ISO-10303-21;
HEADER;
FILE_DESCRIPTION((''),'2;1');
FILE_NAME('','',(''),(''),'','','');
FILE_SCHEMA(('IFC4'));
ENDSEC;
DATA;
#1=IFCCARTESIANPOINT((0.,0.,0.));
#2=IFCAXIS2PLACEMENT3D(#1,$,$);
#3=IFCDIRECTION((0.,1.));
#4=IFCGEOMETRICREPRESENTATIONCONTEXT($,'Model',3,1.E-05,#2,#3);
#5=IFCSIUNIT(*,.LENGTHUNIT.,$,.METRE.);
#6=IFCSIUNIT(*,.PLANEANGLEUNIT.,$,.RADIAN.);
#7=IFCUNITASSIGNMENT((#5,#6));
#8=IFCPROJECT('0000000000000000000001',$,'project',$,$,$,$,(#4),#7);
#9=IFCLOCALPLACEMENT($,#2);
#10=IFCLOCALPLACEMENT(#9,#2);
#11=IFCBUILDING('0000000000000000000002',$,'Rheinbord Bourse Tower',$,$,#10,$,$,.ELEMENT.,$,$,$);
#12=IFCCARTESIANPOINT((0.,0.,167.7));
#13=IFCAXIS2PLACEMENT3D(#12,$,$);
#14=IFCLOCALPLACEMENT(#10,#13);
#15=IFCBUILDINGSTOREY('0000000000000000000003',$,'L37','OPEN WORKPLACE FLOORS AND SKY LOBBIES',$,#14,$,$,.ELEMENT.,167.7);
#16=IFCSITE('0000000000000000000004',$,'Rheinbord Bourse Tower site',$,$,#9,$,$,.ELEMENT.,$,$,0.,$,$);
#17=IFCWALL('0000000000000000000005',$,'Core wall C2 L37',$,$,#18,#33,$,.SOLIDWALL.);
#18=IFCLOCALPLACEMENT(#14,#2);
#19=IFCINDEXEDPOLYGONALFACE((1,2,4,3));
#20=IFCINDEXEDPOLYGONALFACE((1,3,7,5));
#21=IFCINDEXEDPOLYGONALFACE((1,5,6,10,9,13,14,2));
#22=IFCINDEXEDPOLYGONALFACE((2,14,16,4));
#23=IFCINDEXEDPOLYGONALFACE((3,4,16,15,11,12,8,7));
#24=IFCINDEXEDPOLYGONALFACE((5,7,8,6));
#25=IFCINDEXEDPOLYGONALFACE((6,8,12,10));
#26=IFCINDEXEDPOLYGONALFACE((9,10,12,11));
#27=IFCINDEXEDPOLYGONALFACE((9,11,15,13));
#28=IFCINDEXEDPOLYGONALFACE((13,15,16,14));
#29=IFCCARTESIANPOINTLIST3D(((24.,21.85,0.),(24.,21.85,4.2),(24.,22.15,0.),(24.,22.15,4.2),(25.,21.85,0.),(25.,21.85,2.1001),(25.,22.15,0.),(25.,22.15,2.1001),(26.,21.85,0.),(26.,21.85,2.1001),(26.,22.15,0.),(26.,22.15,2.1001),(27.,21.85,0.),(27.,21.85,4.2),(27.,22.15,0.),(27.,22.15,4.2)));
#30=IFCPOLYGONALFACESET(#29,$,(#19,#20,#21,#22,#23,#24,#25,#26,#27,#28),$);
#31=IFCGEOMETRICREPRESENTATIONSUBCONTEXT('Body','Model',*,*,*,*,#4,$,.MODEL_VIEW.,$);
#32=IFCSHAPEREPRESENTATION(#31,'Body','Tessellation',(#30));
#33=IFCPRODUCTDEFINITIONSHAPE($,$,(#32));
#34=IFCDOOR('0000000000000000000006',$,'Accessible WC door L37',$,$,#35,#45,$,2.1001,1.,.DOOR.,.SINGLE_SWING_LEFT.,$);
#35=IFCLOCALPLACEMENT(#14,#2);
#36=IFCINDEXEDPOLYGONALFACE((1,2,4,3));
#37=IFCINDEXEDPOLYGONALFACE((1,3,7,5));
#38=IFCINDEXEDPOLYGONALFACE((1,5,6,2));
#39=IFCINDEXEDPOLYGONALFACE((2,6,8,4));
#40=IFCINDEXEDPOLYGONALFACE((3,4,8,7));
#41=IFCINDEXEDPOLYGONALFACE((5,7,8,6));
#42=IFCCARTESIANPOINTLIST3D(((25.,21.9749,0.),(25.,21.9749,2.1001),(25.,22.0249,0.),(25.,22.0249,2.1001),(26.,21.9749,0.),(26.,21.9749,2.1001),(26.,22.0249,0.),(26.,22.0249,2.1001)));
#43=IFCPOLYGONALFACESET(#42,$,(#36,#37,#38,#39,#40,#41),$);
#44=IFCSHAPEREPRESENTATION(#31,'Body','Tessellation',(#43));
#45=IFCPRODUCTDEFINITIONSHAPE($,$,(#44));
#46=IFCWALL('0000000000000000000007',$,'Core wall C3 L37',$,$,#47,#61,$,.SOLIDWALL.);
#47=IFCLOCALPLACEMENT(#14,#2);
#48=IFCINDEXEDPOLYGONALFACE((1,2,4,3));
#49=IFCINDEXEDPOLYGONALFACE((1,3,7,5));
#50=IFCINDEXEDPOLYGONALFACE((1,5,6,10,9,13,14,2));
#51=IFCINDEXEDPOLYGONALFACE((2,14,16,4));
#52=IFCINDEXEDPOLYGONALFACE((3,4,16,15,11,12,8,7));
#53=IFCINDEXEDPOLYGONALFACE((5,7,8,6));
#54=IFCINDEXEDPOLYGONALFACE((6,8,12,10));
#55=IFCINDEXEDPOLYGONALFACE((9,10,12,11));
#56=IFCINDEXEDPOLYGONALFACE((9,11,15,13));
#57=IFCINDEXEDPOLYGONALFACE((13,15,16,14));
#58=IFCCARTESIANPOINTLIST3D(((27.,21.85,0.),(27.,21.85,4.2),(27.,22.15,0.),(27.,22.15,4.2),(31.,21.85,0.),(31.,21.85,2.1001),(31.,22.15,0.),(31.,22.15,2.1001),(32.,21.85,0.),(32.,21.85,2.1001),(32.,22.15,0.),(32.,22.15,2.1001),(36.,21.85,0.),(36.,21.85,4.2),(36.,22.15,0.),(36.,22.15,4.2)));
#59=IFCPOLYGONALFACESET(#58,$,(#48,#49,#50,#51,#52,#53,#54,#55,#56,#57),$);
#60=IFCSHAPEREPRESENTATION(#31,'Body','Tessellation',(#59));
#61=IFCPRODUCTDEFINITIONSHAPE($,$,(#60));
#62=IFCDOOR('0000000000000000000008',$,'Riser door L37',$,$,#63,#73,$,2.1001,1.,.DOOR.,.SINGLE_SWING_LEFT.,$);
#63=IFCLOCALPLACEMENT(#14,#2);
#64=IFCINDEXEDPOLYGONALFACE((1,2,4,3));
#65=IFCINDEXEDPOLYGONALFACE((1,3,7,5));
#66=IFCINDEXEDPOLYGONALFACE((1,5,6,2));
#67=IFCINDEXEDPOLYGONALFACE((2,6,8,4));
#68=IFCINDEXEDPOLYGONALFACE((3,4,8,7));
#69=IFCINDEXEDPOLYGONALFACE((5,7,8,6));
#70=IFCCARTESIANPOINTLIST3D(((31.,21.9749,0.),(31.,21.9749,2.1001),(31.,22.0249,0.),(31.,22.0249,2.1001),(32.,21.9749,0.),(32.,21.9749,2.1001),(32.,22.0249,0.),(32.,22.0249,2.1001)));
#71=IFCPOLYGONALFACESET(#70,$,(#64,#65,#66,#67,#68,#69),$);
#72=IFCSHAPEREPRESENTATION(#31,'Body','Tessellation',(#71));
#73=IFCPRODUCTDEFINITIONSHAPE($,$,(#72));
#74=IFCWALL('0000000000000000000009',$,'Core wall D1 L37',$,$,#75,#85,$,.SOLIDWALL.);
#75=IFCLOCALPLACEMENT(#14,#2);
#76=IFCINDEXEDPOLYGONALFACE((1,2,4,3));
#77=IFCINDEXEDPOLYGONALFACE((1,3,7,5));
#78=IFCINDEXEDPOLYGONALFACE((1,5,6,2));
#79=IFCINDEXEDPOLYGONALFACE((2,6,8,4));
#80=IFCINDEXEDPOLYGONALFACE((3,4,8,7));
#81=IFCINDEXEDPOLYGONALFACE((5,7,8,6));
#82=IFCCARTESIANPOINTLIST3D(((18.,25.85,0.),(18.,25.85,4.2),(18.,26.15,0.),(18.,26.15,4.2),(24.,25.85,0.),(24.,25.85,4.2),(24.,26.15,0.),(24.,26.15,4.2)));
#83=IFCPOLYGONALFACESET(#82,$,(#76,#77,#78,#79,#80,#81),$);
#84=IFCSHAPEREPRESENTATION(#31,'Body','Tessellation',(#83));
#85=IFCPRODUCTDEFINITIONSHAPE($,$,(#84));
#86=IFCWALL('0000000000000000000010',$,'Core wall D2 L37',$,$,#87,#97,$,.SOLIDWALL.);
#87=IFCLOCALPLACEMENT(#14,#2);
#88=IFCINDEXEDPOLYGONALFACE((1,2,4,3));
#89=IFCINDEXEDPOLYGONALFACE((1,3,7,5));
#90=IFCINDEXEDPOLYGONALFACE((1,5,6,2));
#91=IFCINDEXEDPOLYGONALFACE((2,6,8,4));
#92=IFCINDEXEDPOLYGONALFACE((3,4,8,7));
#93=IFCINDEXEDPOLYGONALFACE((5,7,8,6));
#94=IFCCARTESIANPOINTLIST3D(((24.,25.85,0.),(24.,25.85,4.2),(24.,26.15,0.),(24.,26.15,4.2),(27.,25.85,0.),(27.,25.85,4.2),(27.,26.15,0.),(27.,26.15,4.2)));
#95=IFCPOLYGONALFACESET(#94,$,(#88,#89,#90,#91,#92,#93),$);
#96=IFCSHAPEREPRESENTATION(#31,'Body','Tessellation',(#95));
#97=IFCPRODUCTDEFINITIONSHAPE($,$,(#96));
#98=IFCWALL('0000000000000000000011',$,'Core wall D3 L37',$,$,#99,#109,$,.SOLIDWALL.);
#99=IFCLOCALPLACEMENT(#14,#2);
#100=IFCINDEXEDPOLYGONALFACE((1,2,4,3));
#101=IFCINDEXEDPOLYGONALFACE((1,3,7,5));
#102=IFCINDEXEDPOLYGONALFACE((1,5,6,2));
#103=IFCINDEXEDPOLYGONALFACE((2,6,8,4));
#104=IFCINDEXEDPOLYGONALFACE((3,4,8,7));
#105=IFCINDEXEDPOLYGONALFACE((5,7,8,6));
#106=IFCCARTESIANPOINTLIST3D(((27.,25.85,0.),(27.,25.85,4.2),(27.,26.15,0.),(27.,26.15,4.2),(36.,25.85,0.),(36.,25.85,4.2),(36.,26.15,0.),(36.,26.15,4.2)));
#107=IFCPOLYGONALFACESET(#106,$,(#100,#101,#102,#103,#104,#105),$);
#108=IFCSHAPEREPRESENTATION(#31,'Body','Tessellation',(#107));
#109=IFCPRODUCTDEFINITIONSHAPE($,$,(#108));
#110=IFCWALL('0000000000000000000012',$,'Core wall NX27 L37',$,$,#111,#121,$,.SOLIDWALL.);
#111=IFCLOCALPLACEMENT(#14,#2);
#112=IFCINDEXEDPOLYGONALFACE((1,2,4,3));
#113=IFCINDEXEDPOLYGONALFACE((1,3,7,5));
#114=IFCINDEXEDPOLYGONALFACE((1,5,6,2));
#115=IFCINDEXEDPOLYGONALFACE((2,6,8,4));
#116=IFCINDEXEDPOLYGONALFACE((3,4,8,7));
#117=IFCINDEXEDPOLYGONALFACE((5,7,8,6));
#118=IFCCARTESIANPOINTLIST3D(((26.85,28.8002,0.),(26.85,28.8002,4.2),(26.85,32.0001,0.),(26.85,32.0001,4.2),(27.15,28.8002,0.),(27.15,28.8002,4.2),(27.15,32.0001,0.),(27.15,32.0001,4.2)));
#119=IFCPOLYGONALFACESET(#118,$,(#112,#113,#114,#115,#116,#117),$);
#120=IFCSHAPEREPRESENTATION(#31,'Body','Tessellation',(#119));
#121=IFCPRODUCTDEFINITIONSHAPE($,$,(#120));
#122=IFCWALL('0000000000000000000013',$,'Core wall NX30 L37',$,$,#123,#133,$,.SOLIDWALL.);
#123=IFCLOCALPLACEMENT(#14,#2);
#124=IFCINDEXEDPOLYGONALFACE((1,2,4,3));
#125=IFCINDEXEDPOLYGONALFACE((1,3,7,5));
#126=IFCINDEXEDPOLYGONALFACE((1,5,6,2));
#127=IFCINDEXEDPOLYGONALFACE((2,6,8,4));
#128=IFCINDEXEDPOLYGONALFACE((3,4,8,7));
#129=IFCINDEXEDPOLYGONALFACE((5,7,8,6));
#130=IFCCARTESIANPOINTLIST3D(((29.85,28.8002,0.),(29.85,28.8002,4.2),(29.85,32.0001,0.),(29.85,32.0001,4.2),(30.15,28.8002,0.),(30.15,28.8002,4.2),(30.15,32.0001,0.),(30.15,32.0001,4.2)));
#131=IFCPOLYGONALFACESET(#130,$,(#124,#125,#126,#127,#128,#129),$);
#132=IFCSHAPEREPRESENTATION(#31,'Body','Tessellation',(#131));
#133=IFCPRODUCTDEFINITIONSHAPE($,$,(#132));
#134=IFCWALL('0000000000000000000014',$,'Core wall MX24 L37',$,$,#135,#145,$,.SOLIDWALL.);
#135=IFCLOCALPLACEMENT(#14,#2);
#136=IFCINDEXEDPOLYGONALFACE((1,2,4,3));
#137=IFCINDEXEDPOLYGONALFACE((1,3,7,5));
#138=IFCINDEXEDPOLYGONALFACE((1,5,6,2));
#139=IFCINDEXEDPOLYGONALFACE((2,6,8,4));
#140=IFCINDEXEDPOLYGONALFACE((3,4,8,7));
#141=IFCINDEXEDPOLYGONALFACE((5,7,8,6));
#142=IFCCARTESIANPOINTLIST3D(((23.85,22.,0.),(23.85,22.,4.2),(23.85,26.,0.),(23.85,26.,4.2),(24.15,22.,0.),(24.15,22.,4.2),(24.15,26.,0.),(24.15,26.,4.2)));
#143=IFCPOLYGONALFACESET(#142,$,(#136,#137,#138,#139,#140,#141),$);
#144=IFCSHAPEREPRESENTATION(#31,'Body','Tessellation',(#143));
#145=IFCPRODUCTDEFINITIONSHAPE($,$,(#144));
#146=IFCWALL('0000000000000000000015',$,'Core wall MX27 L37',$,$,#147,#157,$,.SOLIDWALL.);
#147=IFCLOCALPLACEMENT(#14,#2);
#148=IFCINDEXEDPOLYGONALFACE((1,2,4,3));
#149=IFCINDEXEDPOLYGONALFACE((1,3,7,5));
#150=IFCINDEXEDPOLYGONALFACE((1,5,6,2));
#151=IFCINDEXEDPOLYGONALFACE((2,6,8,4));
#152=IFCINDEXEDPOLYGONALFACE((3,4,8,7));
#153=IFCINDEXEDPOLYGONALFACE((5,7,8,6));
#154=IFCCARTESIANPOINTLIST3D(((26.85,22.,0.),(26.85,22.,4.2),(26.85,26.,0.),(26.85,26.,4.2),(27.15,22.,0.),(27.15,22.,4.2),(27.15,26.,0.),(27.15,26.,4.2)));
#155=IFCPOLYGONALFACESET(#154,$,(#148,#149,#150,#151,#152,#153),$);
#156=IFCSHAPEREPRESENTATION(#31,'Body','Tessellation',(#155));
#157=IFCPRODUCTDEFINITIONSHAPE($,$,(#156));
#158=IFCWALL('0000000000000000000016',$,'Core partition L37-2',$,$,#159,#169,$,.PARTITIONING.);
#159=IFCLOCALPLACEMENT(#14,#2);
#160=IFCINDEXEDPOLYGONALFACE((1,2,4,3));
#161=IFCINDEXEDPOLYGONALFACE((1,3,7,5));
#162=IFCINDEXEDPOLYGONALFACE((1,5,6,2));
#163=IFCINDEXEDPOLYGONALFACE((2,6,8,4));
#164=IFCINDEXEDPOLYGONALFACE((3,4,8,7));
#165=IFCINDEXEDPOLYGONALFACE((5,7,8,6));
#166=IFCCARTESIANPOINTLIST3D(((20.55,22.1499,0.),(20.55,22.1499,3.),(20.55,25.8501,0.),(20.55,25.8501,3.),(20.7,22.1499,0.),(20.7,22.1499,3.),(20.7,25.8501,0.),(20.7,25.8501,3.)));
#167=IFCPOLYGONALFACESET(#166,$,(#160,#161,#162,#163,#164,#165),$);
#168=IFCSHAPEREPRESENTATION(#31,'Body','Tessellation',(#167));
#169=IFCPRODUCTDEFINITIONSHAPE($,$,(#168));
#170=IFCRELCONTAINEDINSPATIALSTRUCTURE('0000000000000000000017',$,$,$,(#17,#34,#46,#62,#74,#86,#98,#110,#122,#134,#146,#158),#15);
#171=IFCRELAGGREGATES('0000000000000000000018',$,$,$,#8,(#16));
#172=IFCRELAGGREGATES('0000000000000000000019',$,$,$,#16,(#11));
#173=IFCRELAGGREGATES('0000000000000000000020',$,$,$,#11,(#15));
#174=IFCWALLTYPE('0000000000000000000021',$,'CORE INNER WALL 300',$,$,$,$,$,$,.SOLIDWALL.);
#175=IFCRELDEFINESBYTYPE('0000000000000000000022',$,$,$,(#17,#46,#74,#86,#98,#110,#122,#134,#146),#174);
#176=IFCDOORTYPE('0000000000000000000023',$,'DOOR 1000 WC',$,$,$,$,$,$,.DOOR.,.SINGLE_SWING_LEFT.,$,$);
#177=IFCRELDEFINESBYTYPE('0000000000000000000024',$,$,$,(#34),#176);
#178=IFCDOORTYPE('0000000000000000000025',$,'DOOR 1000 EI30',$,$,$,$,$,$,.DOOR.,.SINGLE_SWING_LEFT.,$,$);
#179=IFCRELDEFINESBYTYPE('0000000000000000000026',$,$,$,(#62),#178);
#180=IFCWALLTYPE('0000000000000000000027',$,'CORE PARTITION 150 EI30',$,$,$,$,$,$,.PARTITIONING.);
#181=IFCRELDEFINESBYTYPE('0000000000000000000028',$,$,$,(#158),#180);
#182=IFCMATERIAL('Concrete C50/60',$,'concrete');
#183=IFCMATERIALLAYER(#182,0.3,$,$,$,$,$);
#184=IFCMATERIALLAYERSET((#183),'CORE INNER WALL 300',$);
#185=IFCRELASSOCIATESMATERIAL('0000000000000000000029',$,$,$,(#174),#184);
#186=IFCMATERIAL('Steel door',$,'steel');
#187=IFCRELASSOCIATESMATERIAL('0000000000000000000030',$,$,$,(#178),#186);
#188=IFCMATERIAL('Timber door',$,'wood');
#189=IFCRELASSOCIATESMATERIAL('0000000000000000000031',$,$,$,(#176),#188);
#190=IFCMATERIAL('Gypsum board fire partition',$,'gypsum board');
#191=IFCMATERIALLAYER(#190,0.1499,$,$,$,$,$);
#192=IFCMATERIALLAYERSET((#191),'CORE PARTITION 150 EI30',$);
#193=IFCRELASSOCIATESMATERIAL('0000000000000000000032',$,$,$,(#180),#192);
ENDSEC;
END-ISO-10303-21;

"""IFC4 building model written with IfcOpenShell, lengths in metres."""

from ifc_helpers import new_model, si_unit, direction, frame, frame_2d, origin, place, context, subcontext, project, spatial, rectangle, extrude, material, layer, layer_set, type_object, element, fill, save


model = new_model("IFC4")

# Units and contexts
model_context = context("Model", 3, precision=1e-05, world=origin(), true_north=direction((0.0, 1.0)))
body_context = subcontext(model_context, "Body", "Model", "MODEL_VIEW")
ifc_project = project(units=[si_unit("LENGTHUNIT", "METRE"), si_unit("PLANEANGLEUNIT", "RADIAN")], contexts=[model_context])

# Site, building, storey
site_placement = place(None, origin())
site = spatial("IfcSite", under=ifc_project, at=site_placement, Name="Rheinbord Bourse Tower site", CompositionType="ELEMENT", RefElevation=0.0)
building_placement = place(site_placement, origin())
building = spatial("IfcBuilding", under=site, at=building_placement, Name="Rheinbord Bourse Tower", CompositionType="ELEMENT")
storey_placement = place(building_placement, frame((0.0, 0.0, 167.7)))
storey = spatial("IfcBuildingStorey", under=building, at=storey_placement, Name="L37", Description="OPEN WORKPLACE FLOORS AND SKY LOBBIES", CompositionType="ELEMENT", Elevation=167.7)

# Shared definitions
ifc_material_1 = material(Name="Concrete C50/60", Category="concrete")
ifc_layer_1 = layer(ifc_material_1, 0.3)
ifc_layer_set_1 = layer_set([ifc_layer_1], Name="CORE INNER WALL 300")
wall_type_1 = type_object("IfcWallType", Name="CORE INNER WALL 300", PredefinedType="SOLIDWALL", material=ifc_layer_set_1)
ifc_material_2 = material(Name="Steel door", Category="steel")
door_type_1 = type_object("IfcDoorType", Name="DOOR 1000 EI30", OperationType="SINGLE_SWING_LEFT", PredefinedType="DOOR", material=ifc_material_2)

# Shared definitions
ifc_material_3 = material(Name="Timber door", Category="wood")
door_type_2 = type_object("IfcDoorType", Name="DOOR 1000 WC", OperationType="SINGLE_SWING_LEFT", PredefinedType="DOOR", material=ifc_material_3)

# Walls, openings, doors
wall_1_placement = place(storey_placement, frame((24.0, 22.0, 0.0), z_axis=(0.0, 0.0, 1.0), x_axis=(1.0, 0.0, 0.0)))
wall_1 = element("IfcWall", 1, at=wall_1_placement, inside=storey, type_object=wall_type_1, Name="Core wall C2 L37", PredefinedType="SOLIDWALL", context=body_context, shape_type="SweptSolid", body=[
    extrude(rectangle(XDim=3.0, YDim=0.3, at=frame_2d((1.5, 0.0))), origin(), (0.0, 0.0, 1.0), 4.2),
])
opening_1_placement = place(wall_1_placement, frame((1.0, 0.0, 0.0)))
opening_1 = element("IfcOpeningElement", 2, at=opening_1_placement, cuts=wall_1, PredefinedType="OPENING", context=body_context, shape_type="SweptSolid", body=[
    extrude(rectangle(XDim=1.0, YDim=2.1001, at=frame_2d((0.5, 1.05))), frame((0.0, 0.1599, 0.0), z_axis=(0.0, -1.0, 0.0), x_axis=(1.0, 0.0, 0.0)), (0.0, 0.0, 1.0), 0.3201),
])
door_1_placement = place(opening_1_placement, origin())
door_1 = element("IfcDoor", 3, at=door_1_placement, inside=storey, type_object=door_type_2, Name="Accessible WC door L37", OperationType="SINGLE_SWING_LEFT", OverallHeight=2.1001, OverallWidth=1.0, PredefinedType="DOOR", context=body_context, shape_type="SweptSolid", body=[
    extrude(rectangle(XDim=1.0, YDim=2.1001, at=frame_2d((0.5, 1.05))), frame((0.0, 0.0249, 0.0), z_axis=(0.0, -1.0, 0.0), x_axis=(1.0, 0.0, 0.0)), (0.0, 0.0, 1.0), 0.05),
])
fill(opening_1, door_1)
wall_2_placement = place(storey_placement, frame((27.0, 22.0, 0.0), z_axis=(0.0, 0.0, 1.0), x_axis=(1.0, 0.0, 0.0)))
wall_2 = element("IfcWall", 4, at=wall_2_placement, inside=storey, type_object=wall_type_1, Name="Core wall C3 L37", PredefinedType="SOLIDWALL", context=body_context, shape_type="SweptSolid", body=[
    extrude(rectangle(XDim=9.0, YDim=0.3, at=frame_2d((4.5, 0.0))), origin(), (0.0, 0.0, 1.0), 4.2),
])
opening_2_placement = place(wall_2_placement, frame((4.0, 0.0, 0.0)))
opening_2 = element("IfcOpeningElement", 5, at=opening_2_placement, cuts=wall_2, PredefinedType="OPENING", context=body_context, shape_type="SweptSolid", body=[
    extrude(rectangle(XDim=1.0, YDim=2.1001, at=frame_2d((0.5, 1.05))), frame((0.0, 0.1599, 0.0), z_axis=(0.0, -1.0, 0.0), x_axis=(1.0, 0.0, 0.0)), (0.0, 0.0, 1.0), 0.3201),
])
door_2_placement = place(opening_2_placement, origin())
door_2 = element("IfcDoor", 6, at=door_2_placement, inside=storey, type_object=door_type_1, Name="Riser door L37", OperationType="SINGLE_SWING_LEFT", OverallHeight=2.1001, OverallWidth=1.0, PredefinedType="DOOR", context=body_context, shape_type="SweptSolid", body=[
    extrude(rectangle(XDim=1.0, YDim=2.1001, at=frame_2d((0.5, 1.05))), frame((0.0, 0.0249, 0.0), z_axis=(0.0, -1.0, 0.0), x_axis=(1.0, 0.0, 0.0)), (0.0, 0.0, 1.0), 0.05),
])
fill(opening_2, door_2)

# Walls
wall_3_placement = place(storey_placement, frame((18.0, 26.0, 0.0), z_axis=(0.0, 0.0, 1.0), x_axis=(1.0, 0.0, 0.0)))
element("IfcWall", 7, at=wall_3_placement, inside=storey, type_object=wall_type_1, Name="Core wall D1 L37", PredefinedType="SOLIDWALL", context=body_context, shape_type="SweptSolid", body=[
    extrude(rectangle(XDim=6.0, YDim=0.3, at=frame_2d((3.0, 0.0))), origin(), (0.0, 0.0, 1.0), 4.2),
])
wall_4_placement = place(storey_placement, frame((24.0, 26.0, 0.0), z_axis=(0.0, 0.0, 1.0), x_axis=(1.0, 0.0, 0.0)))
element("IfcWall", 8, at=wall_4_placement, inside=storey, type_object=wall_type_1, Name="Core wall D2 L37", PredefinedType="SOLIDWALL", context=body_context, shape_type="SweptSolid", body=[
    extrude(rectangle(XDim=3.0, YDim=0.3, at=frame_2d((1.5, 0.0))), origin(), (0.0, 0.0, 1.0), 4.2),
])
wall_5_placement = place(storey_placement, frame((27.0, 26.0, 0.0), z_axis=(0.0, 0.0, 1.0), x_axis=(1.0, 0.0, 0.0)))
element("IfcWall", 9, at=wall_5_placement, inside=storey, type_object=wall_type_1, Name="Core wall D3 L37", PredefinedType="SOLIDWALL", context=body_context, shape_type="SweptSolid", body=[
    extrude(rectangle(XDim=9.0, YDim=0.3, at=frame_2d((4.5, 0.0))), origin(), (0.0, 0.0, 1.0), 4.2),
])
for number, where, z_axis, x_axis, name in (
    (10, (27.0, 28.8, 0.0), (0.0, 0.0, 1.0), (0.0, 1.0, 0.0), "Core wall NX27 L37"),
    (11, (30.0, 28.8, 0.0), (0.0, 0.0, 1.0), (0.0, 1.0, 0.0), "Core wall NX30 L37"),
):
    element("IfcWall", number, at=place(storey_placement, frame(where, z_axis=z_axis, x_axis=x_axis)), inside=storey, type_object=wall_type_1, Name=name, PredefinedType="SOLIDWALL", context=body_context, shape_type="SweptSolid", body=[
        extrude(rectangle(XDim=3.2, YDim=0.3, at=frame_2d((1.6001, 0.0))), origin(), (0.0, 0.0, 1.0), 4.2),
    ])
for number, where, z_axis, x_axis, name in (
    (12, (24.0, 22.0, 0.0), (0.0, 0.0, 1.0), (0.0, 1.0, 0.0), "Core wall MX24 L37"),
    (13, (27.0, 22.0, 0.0), (0.0, 0.0, 1.0), (0.0, 1.0, 0.0), "Core wall MX27 L37"),
):
    element("IfcWall", number, at=place(storey_placement, frame(where, z_axis=z_axis, x_axis=x_axis)), inside=storey, type_object=wall_type_1, Name=name, PredefinedType="SOLIDWALL", context=body_context, shape_type="SweptSolid", body=[
        extrude(rectangle(XDim=4.0, YDim=0.3, at=frame_2d((2.0, 0.0))), origin(), (0.0, 0.0, 1.0), 4.2),
    ])
ifc_material_4 = material(Name="Gypsum board fire partition", Category="gypsum board")
ifc_layer_2 = layer(ifc_material_4, 0.1499)
ifc_layer_set_2 = layer_set([ifc_layer_2], Name="CORE PARTITION 150 EI30")
wall_type_2 = type_object("IfcWallType", Name="CORE PARTITION 150 EI30", PredefinedType="PARTITIONING", material=ifc_layer_set_2)
wall_6_placement = place(storey_placement, frame((20.625, 22.1499, 0.0), z_axis=(0.0, 0.0, 1.0), x_axis=(0.0, 1.0, 0.0)))
element("IfcWall", 14, at=wall_6_placement, inside=storey, type_object=wall_type_2, Name="Core partition L37-2", PredefinedType="PARTITIONING", context=body_context, shape_type="SweptSolid", body=[
    extrude(rectangle(XDim=3.7002, YDim=0.1499, at=frame_2d((1.8501, 0.0))), origin(), (0.0, 0.0, 1.0), 3.0),
])

save(model, "model.ifc")
